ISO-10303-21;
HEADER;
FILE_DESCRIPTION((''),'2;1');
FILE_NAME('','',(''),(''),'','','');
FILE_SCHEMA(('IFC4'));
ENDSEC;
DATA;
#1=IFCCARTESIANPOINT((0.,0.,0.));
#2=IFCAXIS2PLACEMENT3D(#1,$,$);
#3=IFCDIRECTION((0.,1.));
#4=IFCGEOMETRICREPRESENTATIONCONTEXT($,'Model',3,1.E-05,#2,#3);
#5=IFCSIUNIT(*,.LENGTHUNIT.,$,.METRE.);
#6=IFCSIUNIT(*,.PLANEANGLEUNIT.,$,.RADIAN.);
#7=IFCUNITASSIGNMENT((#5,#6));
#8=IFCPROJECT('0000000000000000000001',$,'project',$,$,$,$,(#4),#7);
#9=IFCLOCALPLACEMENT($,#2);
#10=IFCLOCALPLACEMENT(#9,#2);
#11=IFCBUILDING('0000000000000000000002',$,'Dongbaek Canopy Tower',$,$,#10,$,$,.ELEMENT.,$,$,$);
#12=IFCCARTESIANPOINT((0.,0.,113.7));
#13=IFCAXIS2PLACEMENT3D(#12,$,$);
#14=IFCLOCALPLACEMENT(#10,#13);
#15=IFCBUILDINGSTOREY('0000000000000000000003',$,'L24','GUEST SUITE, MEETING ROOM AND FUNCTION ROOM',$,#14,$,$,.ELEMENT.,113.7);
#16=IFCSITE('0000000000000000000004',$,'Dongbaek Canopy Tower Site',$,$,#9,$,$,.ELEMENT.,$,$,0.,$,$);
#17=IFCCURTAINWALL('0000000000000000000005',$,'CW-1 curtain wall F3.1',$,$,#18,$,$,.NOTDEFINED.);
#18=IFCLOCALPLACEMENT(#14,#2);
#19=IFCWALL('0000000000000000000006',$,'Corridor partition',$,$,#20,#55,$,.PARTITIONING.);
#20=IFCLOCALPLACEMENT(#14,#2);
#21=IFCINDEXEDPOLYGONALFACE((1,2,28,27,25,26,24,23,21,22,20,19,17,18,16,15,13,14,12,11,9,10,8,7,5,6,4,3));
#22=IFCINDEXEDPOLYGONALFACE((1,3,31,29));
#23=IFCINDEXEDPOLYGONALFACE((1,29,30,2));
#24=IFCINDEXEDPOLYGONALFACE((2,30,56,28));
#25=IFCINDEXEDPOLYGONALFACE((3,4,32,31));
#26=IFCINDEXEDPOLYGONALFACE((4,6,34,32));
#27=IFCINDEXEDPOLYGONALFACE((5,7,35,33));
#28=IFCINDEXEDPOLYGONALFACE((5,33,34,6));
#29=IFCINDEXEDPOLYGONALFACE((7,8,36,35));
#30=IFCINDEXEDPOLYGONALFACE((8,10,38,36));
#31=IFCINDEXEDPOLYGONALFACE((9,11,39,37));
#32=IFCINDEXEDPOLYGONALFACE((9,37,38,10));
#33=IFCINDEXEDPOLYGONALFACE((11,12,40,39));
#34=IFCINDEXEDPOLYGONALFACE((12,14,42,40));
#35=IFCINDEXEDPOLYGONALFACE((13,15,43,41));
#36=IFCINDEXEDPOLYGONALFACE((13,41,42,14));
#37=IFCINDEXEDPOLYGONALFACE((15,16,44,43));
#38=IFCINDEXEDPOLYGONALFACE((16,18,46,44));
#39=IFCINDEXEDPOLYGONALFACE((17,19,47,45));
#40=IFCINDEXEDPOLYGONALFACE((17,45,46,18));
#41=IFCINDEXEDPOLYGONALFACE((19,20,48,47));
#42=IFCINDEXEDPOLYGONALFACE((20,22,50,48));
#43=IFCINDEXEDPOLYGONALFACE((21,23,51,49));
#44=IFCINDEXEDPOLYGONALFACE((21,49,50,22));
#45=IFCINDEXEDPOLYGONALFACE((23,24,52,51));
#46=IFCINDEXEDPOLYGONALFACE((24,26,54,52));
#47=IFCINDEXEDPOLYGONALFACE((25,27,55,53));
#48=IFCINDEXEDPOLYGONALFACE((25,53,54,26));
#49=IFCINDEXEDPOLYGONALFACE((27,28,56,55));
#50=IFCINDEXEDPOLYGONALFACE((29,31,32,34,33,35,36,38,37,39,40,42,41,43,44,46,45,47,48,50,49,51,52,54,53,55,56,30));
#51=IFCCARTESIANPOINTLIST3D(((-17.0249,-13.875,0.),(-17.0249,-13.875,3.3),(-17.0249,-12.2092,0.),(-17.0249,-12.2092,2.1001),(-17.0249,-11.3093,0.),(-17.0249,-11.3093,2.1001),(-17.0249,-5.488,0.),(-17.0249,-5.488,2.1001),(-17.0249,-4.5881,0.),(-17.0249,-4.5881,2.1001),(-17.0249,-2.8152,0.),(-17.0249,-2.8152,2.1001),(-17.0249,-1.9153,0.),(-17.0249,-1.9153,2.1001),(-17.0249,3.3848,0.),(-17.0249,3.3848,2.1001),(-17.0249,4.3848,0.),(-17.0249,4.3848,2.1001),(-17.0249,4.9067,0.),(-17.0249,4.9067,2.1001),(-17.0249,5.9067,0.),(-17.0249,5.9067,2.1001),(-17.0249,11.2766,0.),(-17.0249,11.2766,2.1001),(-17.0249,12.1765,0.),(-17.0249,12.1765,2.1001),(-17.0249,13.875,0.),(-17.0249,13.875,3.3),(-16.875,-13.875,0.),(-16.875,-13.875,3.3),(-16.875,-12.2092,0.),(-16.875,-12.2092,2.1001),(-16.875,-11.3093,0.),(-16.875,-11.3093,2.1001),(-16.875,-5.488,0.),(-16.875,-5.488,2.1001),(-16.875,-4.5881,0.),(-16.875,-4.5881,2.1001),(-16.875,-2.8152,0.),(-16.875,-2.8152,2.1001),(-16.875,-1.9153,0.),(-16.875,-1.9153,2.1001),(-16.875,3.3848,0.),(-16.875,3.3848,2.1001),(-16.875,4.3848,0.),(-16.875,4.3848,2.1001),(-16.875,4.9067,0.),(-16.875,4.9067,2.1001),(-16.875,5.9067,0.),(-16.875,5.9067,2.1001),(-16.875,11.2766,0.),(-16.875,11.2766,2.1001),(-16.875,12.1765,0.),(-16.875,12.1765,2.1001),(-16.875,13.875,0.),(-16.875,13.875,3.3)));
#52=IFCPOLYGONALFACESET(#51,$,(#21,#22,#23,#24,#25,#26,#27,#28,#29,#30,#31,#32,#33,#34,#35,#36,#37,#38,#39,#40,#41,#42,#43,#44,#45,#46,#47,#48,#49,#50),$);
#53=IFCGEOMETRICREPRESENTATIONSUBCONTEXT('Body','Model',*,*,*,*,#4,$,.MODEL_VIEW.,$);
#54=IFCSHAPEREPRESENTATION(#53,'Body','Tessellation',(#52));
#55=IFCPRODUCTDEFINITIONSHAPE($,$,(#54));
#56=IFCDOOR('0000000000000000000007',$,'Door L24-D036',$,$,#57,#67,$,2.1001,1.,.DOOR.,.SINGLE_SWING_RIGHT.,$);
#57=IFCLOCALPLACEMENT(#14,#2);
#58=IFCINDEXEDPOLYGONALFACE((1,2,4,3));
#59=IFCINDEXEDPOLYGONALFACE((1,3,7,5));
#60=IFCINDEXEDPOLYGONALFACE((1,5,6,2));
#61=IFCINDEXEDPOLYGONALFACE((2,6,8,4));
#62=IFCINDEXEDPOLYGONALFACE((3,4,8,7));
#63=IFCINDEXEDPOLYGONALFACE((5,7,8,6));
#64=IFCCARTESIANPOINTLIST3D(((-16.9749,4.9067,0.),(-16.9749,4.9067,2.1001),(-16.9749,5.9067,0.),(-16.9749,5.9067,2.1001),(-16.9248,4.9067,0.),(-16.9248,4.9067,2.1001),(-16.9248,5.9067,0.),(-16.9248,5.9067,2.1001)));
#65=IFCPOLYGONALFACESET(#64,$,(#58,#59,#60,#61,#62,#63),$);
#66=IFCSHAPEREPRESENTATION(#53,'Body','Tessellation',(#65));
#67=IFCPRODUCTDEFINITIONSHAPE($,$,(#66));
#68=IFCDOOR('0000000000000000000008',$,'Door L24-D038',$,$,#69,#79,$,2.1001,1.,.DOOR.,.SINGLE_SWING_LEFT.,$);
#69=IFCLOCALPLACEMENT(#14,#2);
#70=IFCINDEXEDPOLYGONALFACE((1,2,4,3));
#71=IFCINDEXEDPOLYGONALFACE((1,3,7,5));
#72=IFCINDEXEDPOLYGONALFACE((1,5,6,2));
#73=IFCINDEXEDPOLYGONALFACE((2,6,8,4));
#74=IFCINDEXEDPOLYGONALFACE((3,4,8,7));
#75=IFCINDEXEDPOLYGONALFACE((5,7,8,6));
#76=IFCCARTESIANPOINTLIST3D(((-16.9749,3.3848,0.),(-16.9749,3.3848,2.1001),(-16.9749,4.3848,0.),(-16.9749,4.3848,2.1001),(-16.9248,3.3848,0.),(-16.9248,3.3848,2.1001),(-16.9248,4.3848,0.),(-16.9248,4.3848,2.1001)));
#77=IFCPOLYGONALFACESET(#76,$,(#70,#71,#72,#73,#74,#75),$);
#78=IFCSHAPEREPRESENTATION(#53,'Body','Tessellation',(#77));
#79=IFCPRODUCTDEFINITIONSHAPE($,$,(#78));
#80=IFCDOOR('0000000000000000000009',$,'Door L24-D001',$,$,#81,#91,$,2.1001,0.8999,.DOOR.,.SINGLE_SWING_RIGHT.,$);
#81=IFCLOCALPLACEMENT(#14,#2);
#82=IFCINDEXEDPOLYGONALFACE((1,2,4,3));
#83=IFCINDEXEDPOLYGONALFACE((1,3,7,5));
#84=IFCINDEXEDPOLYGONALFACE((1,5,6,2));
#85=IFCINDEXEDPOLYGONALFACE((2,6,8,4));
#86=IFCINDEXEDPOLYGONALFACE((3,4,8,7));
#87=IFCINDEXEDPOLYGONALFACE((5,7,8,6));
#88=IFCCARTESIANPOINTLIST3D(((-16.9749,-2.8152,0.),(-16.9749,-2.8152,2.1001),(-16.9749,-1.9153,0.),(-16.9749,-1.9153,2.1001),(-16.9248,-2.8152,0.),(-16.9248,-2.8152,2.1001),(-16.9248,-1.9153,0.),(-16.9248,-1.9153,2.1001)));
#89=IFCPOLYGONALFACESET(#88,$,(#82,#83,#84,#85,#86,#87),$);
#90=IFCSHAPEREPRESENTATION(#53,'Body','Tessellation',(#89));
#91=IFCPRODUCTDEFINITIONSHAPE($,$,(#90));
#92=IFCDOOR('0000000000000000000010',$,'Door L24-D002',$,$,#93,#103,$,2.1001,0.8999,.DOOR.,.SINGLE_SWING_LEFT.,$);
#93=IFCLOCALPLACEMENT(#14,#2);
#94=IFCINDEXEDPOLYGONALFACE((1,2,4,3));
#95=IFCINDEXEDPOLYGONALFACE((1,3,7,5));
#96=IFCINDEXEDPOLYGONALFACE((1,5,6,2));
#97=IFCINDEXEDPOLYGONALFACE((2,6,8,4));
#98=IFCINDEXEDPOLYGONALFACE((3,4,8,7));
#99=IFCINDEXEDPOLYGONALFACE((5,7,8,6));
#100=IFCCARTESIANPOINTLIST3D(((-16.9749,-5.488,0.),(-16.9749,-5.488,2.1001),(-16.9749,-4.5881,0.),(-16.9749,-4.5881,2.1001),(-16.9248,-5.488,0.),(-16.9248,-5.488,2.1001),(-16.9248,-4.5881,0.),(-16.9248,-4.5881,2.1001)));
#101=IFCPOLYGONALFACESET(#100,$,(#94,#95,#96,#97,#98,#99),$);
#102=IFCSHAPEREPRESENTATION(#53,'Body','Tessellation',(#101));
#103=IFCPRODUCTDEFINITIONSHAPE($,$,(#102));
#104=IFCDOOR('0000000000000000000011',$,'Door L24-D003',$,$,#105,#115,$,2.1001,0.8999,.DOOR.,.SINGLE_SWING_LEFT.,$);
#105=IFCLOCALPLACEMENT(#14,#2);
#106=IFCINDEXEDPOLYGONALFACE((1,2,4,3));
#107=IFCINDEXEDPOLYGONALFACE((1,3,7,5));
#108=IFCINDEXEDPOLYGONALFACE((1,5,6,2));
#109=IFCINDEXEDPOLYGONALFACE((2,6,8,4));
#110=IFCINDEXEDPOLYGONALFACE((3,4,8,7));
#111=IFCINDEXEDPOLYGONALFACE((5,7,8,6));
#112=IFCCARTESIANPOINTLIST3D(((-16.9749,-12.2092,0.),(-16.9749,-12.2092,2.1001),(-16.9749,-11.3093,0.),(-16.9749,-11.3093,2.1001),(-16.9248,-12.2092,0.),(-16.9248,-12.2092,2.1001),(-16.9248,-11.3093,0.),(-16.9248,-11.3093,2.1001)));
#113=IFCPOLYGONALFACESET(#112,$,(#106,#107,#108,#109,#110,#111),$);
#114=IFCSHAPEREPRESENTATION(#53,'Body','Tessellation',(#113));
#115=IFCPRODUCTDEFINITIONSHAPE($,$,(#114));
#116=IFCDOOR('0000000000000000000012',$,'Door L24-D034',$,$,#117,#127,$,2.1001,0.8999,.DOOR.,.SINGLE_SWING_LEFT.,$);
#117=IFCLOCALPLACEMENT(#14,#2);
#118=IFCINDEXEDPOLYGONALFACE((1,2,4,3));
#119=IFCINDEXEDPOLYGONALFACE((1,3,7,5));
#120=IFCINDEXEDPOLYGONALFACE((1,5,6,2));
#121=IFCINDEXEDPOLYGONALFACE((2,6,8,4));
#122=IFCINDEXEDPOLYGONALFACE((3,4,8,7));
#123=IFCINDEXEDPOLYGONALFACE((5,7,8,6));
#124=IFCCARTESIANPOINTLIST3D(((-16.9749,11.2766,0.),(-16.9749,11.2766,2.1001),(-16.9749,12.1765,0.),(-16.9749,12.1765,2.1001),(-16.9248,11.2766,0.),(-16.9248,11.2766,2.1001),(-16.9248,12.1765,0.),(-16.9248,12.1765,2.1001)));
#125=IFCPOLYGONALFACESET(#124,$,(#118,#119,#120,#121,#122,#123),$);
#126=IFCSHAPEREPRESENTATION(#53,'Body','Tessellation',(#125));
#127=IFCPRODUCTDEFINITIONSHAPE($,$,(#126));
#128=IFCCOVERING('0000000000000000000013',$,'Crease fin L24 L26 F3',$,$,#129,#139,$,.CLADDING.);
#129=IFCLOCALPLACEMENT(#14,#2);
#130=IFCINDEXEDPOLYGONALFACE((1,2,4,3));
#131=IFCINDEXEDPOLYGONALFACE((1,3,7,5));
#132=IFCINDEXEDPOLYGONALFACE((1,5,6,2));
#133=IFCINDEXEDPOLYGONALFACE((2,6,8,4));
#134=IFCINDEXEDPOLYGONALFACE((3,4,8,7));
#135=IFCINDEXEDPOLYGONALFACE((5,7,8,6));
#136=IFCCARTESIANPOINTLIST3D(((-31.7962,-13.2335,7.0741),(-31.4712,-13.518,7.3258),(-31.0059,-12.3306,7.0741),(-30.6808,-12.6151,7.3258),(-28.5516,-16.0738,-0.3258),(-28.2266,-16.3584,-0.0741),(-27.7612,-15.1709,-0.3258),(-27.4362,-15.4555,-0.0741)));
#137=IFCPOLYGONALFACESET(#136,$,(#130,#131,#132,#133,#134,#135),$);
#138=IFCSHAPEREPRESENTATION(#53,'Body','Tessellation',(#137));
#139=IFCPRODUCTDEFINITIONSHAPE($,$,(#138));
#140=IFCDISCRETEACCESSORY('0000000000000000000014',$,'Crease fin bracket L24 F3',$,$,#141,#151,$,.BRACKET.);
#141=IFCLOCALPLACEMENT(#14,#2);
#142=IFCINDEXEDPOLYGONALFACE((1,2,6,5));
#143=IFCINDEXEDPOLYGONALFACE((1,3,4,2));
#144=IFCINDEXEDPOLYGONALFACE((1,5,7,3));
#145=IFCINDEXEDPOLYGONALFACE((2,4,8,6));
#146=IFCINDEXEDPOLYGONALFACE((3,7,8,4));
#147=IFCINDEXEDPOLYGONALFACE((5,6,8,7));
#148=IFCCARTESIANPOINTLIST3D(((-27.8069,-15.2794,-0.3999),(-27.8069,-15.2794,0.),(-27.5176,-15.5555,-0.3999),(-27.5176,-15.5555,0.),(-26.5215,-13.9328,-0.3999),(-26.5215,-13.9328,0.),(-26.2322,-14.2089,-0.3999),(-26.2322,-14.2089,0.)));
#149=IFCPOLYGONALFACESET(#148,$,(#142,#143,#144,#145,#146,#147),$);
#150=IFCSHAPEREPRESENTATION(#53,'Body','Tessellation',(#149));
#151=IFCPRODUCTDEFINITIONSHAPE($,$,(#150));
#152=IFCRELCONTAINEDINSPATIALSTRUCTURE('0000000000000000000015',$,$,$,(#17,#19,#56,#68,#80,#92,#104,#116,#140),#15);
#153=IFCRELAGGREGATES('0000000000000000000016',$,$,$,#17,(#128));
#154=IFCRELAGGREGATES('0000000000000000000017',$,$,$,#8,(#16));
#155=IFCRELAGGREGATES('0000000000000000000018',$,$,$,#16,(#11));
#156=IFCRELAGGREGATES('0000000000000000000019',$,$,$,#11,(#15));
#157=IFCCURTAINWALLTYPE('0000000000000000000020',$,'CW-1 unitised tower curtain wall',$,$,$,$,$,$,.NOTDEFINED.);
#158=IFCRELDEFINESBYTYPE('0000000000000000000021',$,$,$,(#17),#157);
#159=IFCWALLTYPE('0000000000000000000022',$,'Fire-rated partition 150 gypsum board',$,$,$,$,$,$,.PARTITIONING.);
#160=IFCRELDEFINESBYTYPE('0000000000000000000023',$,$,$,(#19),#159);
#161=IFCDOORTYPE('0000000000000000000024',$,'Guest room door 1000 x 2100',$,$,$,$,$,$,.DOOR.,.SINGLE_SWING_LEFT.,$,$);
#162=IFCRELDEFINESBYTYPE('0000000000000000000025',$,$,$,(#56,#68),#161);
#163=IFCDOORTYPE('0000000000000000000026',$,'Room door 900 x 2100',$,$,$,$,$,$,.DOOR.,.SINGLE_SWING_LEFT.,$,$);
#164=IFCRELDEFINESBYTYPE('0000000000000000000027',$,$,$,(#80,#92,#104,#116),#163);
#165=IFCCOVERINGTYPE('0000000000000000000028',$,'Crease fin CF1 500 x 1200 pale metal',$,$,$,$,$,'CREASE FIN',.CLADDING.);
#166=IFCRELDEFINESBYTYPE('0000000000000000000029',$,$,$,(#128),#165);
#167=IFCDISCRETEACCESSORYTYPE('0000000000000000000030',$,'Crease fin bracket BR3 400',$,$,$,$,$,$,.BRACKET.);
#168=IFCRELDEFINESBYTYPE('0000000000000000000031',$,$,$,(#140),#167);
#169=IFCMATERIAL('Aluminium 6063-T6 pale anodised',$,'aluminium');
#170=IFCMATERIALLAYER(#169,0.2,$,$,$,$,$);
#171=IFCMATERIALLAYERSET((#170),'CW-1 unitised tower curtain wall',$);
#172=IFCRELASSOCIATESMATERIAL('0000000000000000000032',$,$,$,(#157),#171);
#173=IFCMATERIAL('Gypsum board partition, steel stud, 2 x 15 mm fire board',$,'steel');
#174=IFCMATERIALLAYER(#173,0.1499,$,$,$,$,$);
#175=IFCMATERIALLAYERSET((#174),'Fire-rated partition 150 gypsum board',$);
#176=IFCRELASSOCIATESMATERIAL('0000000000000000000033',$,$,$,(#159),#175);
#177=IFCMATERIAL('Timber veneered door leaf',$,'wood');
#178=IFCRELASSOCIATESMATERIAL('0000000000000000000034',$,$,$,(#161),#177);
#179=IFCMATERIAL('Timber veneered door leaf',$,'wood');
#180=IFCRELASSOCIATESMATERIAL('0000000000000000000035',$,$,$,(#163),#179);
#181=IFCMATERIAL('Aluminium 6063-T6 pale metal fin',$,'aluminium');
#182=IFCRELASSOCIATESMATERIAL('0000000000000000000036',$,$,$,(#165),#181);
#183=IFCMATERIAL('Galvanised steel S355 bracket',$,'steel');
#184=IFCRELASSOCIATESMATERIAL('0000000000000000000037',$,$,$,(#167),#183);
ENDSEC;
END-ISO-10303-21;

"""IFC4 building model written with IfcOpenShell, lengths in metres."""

from ifc_helpers import new_model, si_unit, direction, frame, frame_2d, origin, origin_2d, place, context, subcontext, project, spatial, rectangle, extrude, material, layer, layer_set, material_profile, profile_set, type_object, element, fill, aggregate, save


model = new_model("IFC4")

# Units and contexts
model_context = context("Model", 3, precision=1e-05, world=origin(), true_north=direction((0.0, 1.0)))
body_context = subcontext(model_context, "Body", "Model", "MODEL_VIEW")
ifc_project = project(units=[si_unit("LENGTHUNIT", "METRE"), si_unit("PLANEANGLEUNIT", "RADIAN")], contexts=[model_context])

# Site, building, storey
site_placement = place(None, origin())
site = spatial("IfcSite", under=ifc_project, at=site_placement, Name="Dongbaek Canopy Tower Site", CompositionType="ELEMENT", RefElevation=0.0)
building_placement = place(site_placement, origin())
building = spatial("IfcBuilding", under=site, at=building_placement, Name="Dongbaek Canopy Tower", CompositionType="ELEMENT")
storey_placement = place(building_placement, frame((0.0, 0.0, 113.7)))
storey = spatial("IfcBuildingStorey", under=building, at=storey_placement, Name="L24", Description="GUEST SUITE, MEETING ROOM AND FUNCTION ROOM", CompositionType="ELEMENT", Elevation=113.7)

# Curtain wall
ifc_material_1 = material(Name="Aluminium 6063-T6 pale anodised", Category="aluminium")
ifc_layer_1 = layer(ifc_material_1, 0.2)
ifc_layer_set_1 = layer_set([ifc_layer_1], Name="CW-1 unitised tower curtain wall")
curtain_wall_type = type_object("IfcCurtainWallType", Name="CW-1 unitised tower curtain wall", PredefinedType="NOTDEFINED", material=ifc_layer_set_1)
curtain_wall_placement = place(storey_placement, origin())
curtain_wall = element("IfcCurtainWall", 1, at=curtain_wall_placement, inside=storey, type_object=curtain_wall_type, Name="CW-1 curtain wall F3.1", PredefinedType="NOTDEFINED")

# Shared definitions
ifc_material_2 = material(Name="Gypsum board partition, steel stud, 2 x 15 mm fire board", Category="steel")
ifc_layer_2 = layer(ifc_material_2, 0.1499)
ifc_layer_set_2 = layer_set([ifc_layer_2], Name="Fire-rated partition 150 gypsum board")
wall_type_1 = type_object("IfcWallType", Name="Fire-rated partition 150 gypsum board", PredefinedType="PARTITIONING", material=ifc_layer_set_2)

# Wall, openings, doors
wall_1_placement = place(storey_placement, frame((-16.95, -13.875, 0.0), z_axis=(0.0, 0.0, 1.0), x_axis=(0.0, 1.0, 0.0)))
wall_1 = element("IfcWall", 2, at=wall_1_placement, inside=storey, type_object=wall_type_1, Name="Corridor partition", PredefinedType="PARTITIONING", context=body_context, shape_type="SweptSolid", body=[
    extrude(rectangle(XDim=27.75, YDim=0.1499, at=frame_2d((13.875, 0.0))), origin(), (0.0, 0.0, 1.0), 3.3),
])
opening_1_placement = place(wall_1_placement, frame((11.0598, 0.0, 0.0)))
opening_1 = element("IfcOpeningElement", 3, at=opening_1_placement, cuts=wall_1, PredefinedType="OPENING", context=body_context, shape_type="SweptSolid", body=[
    extrude(rectangle(XDim=0.8999, YDim=2.1001, at=frame_2d((0.45, 1.05))), frame((0.0, 0.085, 0.0), z_axis=(0.0, -1.0, 0.0), x_axis=(1.0, 0.0, 0.0)), (0.0, 0.0, 1.0), 0.1699),
])
opening_2_placement = place(wall_1_placement, frame((8.387, 0.0, 0.0)))
opening_2 = element("IfcOpeningElement", 4, at=opening_2_placement, cuts=wall_1, PredefinedType="OPENING", context=body_context, shape_type="SweptSolid", body=[
    extrude(rectangle(XDim=0.8999, YDim=2.1001, at=frame_2d((0.45, 1.05))), frame((0.0, 0.085, 0.0), z_axis=(0.0, -1.0, 0.0), x_axis=(1.0, 0.0, 0.0)), (0.0, 0.0, 1.0), 0.1699),
])
opening_3_placement = place(wall_1_placement, frame((1.6658, 0.0, 0.0)))
opening_3 = element("IfcOpeningElement", 5, at=opening_3_placement, cuts=wall_1, PredefinedType="OPENING", context=body_context, shape_type="SweptSolid", body=[
    extrude(rectangle(XDim=0.8999, YDim=2.1001, at=frame_2d((0.45, 1.05))), frame((0.0, 0.085, 0.0), z_axis=(0.0, -1.0, 0.0), x_axis=(1.0, 0.0, 0.0)), (0.0, 0.0, 1.0), 0.1699),
])
opening_4_placement = place(wall_1_placement, frame((25.1516, 0.0, 0.0)))
opening_4 = element("IfcOpeningElement", 6, at=opening_4_placement, cuts=wall_1, PredefinedType="OPENING", context=body_context, shape_type="SweptSolid", body=[
    extrude(rectangle(XDim=0.8999, YDim=2.1001, at=frame_2d((0.45, 1.05))), frame((0.0, 0.085, 0.0), z_axis=(0.0, -1.0, 0.0), x_axis=(1.0, 0.0, 0.0)), (0.0, 0.0, 1.0), 0.1699),
])
opening_5_placement = place(wall_1_placement, frame((18.7817, 0.0, 0.0)))
opening_5 = element("IfcOpeningElement", 7, at=opening_5_placement, cuts=wall_1, PredefinedType="OPENING", context=body_context, shape_type="SweptSolid", body=[
    extrude(rectangle(XDim=1.0, YDim=2.1001, at=frame_2d((0.5, 1.05))), frame((0.0, 0.085, 0.0), z_axis=(0.0, -1.0, 0.0), x_axis=(1.0, 0.0, 0.0)), (0.0, 0.0, 1.0), 0.1699),
])
opening_6_placement = place(wall_1_placement, frame((17.2598, 0.0, 0.0)))
opening_6 = element("IfcOpeningElement", 8, at=opening_6_placement, cuts=wall_1, PredefinedType="OPENING", context=body_context, shape_type="SweptSolid", body=[
    extrude(rectangle(XDim=1.0, YDim=2.1001, at=frame_2d((0.5, 1.05))), frame((0.0, 0.085, 0.0), z_axis=(0.0, -1.0, 0.0), x_axis=(1.0, 0.0, 0.0)), (0.0, 0.0, 1.0), 0.1699),
])
ifc_material_3 = material(Name="Timber veneered door leaf", Category="wood")
door_type_1 = type_object("IfcDoorType", Name="Guest room door 1000 x 2100", OperationType="SINGLE_SWING_LEFT", PredefinedType="DOOR", material=ifc_material_3)
door_1_placement = place(opening_5_placement, origin())
door_1 = element("IfcDoor", 9, at=door_1_placement, inside=storey, type_object=door_type_1, Name="Door L24-D036", OperationType="SINGLE_SWING_RIGHT", OverallHeight=2.1001, OverallWidth=1.0, PredefinedType="DOOR", context=body_context, shape_type="SweptSolid", body=[
    extrude(rectangle(XDim=1.0, YDim=2.1001, at=frame_2d((0.5, 1.05))), frame((0.0, 0.0249, 0.0), z_axis=(0.0, -1.0, 0.0), x_axis=(1.0, 0.0, 0.0)), (0.0, 0.0, 1.0), 0.05),
])
fill(opening_5, door_1)
door_2_placement = place(opening_6_placement, origin())
door_2 = element("IfcDoor", 10, at=door_2_placement, inside=storey, type_object=door_type_1, Name="Door L24-D038", OperationType="SINGLE_SWING_LEFT", OverallHeight=2.1001, OverallWidth=1.0, PredefinedType="DOOR", context=body_context, shape_type="SweptSolid", body=[
    extrude(rectangle(XDim=1.0, YDim=2.1001, at=frame_2d((0.5, 1.05))), frame((0.0, 0.0249, 0.0), z_axis=(0.0, -1.0, 0.0), x_axis=(1.0, 0.0, 0.0)), (0.0, 0.0, 1.0), 0.05),
])
fill(opening_6, door_2)
ifc_material_4 = material(Name="Timber veneered door leaf", Category="wood")
door_type_2 = type_object("IfcDoorType", Name="Room door 900 x 2100", OperationType="SINGLE_SWING_LEFT", PredefinedType="DOOR", material=ifc_material_4)
door_3_placement = place(opening_1_placement, origin())
door_3 = element("IfcDoor", 11, at=door_3_placement, inside=storey, type_object=door_type_2, Name="Door L24-D001", OperationType="SINGLE_SWING_RIGHT", OverallHeight=2.1001, OverallWidth=0.8999, PredefinedType="DOOR", context=body_context, shape_type="SweptSolid", body=[
    extrude(rectangle(XDim=0.8999, YDim=2.1001, at=frame_2d((0.45, 1.05))), frame((0.0, 0.0249, 0.0), z_axis=(0.0, -1.0, 0.0), x_axis=(1.0, 0.0, 0.0)), (0.0, 0.0, 1.0), 0.05),
])
fill(opening_1, door_3)
door_4_placement = place(opening_2_placement, origin())
door_4 = element("IfcDoor", 12, at=door_4_placement, inside=storey, type_object=door_type_2, Name="Door L24-D002", OperationType="SINGLE_SWING_LEFT", OverallHeight=2.1001, OverallWidth=0.8999, PredefinedType="DOOR", context=body_context, shape_type="SweptSolid", body=[
    extrude(rectangle(XDim=0.8999, YDim=2.1001, at=frame_2d((0.45, 1.05))), frame((0.0, 0.0249, 0.0), z_axis=(0.0, -1.0, 0.0), x_axis=(1.0, 0.0, 0.0)), (0.0, 0.0, 1.0), 0.05),
])
fill(opening_2, door_4)
door_5_placement = place(opening_3_placement, origin())
door_5 = element("IfcDoor", 13, at=door_5_placement, inside=storey, type_object=door_type_2, Name="Door L24-D003", OperationType="SINGLE_SWING_LEFT", OverallHeight=2.1001, OverallWidth=0.8999, PredefinedType="DOOR", context=body_context, shape_type="SweptSolid", body=[
    extrude(rectangle(XDim=0.8999, YDim=2.1001, at=frame_2d((0.45, 1.05))), frame((0.0, 0.0249, 0.0), z_axis=(0.0, -1.0, 0.0), x_axis=(1.0, 0.0, 0.0)), (0.0, 0.0, 1.0), 0.05),
])
fill(opening_3, door_5)
door_6_placement = place(opening_4_placement, origin())
door_6 = element("IfcDoor", 14, at=door_6_placement, inside=storey, type_object=door_type_2, Name="Door L24-D034", OperationType="SINGLE_SWING_LEFT", OverallHeight=2.1001, OverallWidth=0.8999, PredefinedType="DOOR", context=body_context, shape_type="SweptSolid", body=[
    extrude(rectangle(XDim=0.8999, YDim=2.1001, at=frame_2d((0.45, 1.05))), frame((0.0, 0.0249, 0.0), z_axis=(0.0, -1.0, 0.0), x_axis=(1.0, 0.0, 0.0)), (0.0, 0.0, 1.0), 0.05),
])
fill(opening_4, door_6)

# Covering
ifc_material_5 = material(Name="Aluminium 6063-T6 pale metal fin", Category="aluminium")
ifc_material_profile_1 = material_profile(ifc_material_5, rectangle(XDim=1.2, YDim=0.5, at=origin_2d()), Name="Crease fin CF1 500 x 1200 pale metal")
ifc_profile_set_1 = profile_set([ifc_material_profile_1], Name="Aluminium 6063-T6 pale metal fin")
covering_type = type_object("IfcCoveringType", Name="Crease fin CF1 500 x 1200 pale metal", ElementType="CREASE FIN", PredefinedType="CLADDING", material=ifc_profile_set_1)
covering_placement = place(storey_placement, frame((-27.9939, -15.7646, -0.2), z_axis=(-0.378839, 0.331633, 0.864003), x_axis=(-0.658673, -0.752429, 0.0)))
covering = element("IfcCovering", 15, at=covering_placement, type_object=covering_type, Name="Crease fin L24 L26 F3", PredefinedType="CLADDING", context=body_context, shape_type="SweptSolid", body=[
    extrude(rectangle(XDim=1.2, YDim=0.5, at=origin_2d()), origin(), (0.0, 0.0, 1.0), 8.5647),
])
aggregate(curtain_wall, [covering])

# Discrete accessory
ifc_material_6 = material(Name="Galvanised steel S355 bracket", Category="steel")
discrete_accessory_type = type_object("IfcDiscreteAccessoryType", Name="Crease fin bracket BR3 400", PredefinedType="BRACKET", material=ifc_material_6)
discrete_accessory_placement = place(storey_placement, frame((-27.0195, -14.7441, -0.3999), z_axis=(0.0, 0.0, 1.0), x_axis=(-0.690482, -0.723349, 0.0)))
element("IfcDiscreteAccessory", 16, at=discrete_accessory_placement, inside=storey, type_object=discrete_accessory_type, Name="Crease fin bracket L24 F3", PredefinedType="BRACKET", context=body_context, shape_type="SweptSolid", body=[
    extrude(rectangle(XDim=1.8616, YDim=0.3999, at=origin_2d()), origin(), (0.0, 0.0, 1.0), 0.3999),
])

save(model, "model.ifc")
